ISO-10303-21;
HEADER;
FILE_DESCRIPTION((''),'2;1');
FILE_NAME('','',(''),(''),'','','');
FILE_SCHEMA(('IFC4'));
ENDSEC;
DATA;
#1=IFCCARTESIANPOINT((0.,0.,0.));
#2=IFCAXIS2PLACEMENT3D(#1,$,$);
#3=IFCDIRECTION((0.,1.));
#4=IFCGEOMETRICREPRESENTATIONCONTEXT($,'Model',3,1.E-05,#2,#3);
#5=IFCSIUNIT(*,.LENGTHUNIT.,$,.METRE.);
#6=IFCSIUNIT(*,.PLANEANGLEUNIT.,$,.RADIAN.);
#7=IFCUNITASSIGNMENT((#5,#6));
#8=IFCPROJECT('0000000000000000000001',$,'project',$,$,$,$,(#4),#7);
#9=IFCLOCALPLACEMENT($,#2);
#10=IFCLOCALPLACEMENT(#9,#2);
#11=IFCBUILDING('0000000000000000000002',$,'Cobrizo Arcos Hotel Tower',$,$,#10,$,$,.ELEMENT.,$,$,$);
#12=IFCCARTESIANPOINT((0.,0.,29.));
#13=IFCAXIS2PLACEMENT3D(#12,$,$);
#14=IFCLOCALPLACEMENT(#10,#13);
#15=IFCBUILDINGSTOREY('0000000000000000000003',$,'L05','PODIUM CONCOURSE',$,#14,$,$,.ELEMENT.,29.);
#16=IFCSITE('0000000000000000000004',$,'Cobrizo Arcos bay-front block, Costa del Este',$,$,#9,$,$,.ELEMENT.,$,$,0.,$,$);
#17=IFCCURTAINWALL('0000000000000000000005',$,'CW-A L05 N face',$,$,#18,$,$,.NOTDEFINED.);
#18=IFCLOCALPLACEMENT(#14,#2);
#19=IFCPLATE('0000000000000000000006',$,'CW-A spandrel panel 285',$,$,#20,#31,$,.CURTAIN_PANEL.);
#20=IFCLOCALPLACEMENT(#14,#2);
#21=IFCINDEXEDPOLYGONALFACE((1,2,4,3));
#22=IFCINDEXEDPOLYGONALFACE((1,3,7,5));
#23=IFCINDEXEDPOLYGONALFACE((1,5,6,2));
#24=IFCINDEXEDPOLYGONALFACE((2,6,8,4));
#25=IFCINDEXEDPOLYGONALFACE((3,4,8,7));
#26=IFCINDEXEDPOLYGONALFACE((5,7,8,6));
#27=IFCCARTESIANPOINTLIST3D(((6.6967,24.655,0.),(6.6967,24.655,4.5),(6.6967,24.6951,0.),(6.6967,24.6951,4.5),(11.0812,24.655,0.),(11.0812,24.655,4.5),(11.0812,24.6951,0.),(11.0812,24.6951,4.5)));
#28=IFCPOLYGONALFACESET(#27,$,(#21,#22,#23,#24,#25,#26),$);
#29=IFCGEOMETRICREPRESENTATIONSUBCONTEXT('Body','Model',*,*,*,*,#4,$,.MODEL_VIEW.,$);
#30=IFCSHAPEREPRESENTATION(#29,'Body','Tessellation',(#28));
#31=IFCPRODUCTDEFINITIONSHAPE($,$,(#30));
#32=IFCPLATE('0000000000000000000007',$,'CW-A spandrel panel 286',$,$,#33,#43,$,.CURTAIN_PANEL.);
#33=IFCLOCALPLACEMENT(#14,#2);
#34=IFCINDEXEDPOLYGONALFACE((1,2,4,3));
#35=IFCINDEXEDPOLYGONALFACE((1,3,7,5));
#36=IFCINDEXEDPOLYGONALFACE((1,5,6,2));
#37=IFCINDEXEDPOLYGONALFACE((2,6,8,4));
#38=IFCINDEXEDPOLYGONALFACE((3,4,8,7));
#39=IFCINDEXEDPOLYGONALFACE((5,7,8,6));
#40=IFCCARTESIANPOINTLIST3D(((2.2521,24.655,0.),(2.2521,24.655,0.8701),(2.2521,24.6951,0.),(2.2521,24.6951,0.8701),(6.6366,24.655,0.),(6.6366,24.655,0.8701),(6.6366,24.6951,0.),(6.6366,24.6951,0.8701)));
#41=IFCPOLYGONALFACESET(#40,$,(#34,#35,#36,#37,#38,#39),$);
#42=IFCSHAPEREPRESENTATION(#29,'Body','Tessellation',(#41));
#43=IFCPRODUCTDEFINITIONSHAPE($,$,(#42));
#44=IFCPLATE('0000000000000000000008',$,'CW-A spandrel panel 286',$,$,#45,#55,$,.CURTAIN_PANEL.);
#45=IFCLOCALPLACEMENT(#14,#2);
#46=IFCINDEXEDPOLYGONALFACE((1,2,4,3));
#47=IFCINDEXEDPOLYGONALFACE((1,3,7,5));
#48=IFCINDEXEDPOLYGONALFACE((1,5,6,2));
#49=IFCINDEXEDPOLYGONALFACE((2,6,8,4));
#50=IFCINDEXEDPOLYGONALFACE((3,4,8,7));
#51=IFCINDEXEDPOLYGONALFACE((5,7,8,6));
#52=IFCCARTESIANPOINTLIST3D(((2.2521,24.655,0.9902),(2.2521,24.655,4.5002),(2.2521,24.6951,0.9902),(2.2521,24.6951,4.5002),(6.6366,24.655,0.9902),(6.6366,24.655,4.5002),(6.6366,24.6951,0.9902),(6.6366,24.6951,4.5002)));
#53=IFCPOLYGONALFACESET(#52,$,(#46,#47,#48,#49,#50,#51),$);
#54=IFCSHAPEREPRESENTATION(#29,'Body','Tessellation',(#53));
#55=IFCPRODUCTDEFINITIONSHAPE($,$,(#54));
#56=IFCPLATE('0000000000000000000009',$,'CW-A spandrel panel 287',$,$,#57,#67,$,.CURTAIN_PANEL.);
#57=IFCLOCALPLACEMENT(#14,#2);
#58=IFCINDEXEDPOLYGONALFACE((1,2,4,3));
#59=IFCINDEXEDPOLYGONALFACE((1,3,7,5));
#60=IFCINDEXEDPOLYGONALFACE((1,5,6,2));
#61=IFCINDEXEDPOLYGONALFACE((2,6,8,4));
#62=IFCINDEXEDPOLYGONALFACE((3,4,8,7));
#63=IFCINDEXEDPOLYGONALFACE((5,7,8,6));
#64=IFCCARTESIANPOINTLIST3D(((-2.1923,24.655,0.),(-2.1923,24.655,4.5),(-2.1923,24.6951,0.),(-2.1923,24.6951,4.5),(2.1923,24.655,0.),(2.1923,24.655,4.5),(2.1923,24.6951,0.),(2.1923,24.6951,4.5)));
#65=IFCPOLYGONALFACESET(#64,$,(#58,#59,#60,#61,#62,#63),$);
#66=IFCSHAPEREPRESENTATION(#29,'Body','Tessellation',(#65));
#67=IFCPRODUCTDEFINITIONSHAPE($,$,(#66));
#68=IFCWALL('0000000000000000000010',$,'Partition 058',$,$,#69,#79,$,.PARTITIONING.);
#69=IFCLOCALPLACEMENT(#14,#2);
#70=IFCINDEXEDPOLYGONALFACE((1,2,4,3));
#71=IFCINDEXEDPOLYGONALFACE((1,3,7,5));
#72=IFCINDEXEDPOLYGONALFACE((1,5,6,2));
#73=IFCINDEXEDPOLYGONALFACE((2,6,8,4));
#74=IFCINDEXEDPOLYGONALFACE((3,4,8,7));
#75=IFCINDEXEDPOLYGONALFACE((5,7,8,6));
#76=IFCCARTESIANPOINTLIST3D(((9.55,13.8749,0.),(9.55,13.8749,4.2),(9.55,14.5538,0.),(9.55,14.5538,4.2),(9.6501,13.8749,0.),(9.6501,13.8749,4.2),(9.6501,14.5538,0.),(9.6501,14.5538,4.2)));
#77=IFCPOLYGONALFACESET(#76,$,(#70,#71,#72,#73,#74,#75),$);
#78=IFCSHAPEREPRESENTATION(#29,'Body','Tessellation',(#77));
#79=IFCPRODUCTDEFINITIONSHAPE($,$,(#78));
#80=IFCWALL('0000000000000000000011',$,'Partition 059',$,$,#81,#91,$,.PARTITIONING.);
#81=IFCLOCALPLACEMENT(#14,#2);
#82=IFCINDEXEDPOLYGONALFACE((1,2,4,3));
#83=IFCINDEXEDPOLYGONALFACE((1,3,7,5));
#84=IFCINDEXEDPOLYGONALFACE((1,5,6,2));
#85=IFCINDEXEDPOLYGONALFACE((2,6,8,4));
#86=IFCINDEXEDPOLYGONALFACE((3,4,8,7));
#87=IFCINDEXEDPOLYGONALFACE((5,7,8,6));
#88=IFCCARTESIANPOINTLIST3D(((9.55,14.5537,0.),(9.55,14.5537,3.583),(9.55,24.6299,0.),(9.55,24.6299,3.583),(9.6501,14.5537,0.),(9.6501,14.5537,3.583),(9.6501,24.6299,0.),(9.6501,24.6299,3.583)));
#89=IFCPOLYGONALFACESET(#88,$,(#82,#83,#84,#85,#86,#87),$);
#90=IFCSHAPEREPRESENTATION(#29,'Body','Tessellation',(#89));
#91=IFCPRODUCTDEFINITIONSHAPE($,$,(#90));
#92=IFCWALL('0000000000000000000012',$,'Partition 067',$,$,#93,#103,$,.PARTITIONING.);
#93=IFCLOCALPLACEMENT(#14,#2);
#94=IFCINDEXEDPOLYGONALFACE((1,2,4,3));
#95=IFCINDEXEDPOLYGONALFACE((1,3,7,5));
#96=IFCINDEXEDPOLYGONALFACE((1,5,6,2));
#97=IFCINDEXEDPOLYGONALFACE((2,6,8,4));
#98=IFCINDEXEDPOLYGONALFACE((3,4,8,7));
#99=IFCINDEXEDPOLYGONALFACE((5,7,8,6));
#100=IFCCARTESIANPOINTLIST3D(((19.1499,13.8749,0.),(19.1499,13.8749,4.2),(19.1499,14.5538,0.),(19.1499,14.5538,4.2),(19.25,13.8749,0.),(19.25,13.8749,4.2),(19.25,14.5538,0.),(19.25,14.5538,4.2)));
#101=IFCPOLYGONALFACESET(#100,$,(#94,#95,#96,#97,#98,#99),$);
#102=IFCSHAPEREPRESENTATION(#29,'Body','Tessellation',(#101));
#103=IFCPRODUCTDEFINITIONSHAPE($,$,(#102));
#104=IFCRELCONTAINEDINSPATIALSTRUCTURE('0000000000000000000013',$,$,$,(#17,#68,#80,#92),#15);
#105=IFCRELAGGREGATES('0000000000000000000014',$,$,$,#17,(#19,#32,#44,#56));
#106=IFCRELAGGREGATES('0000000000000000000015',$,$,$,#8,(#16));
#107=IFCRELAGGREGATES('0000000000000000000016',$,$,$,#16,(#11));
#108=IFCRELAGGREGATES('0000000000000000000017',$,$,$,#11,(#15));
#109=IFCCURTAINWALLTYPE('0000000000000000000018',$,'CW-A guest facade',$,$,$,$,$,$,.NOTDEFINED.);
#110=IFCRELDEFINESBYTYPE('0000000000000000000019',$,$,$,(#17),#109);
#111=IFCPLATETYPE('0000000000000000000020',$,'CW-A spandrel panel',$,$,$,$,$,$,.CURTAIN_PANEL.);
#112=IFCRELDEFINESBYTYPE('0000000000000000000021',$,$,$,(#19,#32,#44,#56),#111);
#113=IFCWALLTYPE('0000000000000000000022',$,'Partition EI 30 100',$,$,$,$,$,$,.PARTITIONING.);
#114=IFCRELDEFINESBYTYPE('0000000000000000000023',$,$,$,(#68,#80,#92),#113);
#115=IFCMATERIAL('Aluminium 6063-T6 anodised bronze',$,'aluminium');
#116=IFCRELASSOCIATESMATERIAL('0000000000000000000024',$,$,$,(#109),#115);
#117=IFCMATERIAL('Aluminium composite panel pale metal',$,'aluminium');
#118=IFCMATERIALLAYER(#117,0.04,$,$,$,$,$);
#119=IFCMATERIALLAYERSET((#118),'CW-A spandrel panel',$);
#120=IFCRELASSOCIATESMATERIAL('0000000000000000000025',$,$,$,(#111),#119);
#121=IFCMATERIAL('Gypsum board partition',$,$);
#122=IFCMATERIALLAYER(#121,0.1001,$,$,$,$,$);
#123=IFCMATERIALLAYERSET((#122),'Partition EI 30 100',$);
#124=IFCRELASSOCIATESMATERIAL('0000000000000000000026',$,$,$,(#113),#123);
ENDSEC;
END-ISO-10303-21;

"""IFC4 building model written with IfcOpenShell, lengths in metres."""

from ifc_helpers import new_model, si_unit, direction, frame, frame_2d, origin, origin_2d, place, context, subcontext, project, spatial, rectangle, extrude, material, layer, layer_set, type_object, element, aggregate, save


model = new_model("IFC4")

# Units and contexts
model_context = context("Model", 3, precision=1e-05, world=origin(), true_north=direction((0.0, 1.0)))
body_context = subcontext(model_context, "Body", "Model", "MODEL_VIEW")
ifc_project = project(units=[si_unit("LENGTHUNIT", "METRE"), si_unit("PLANEANGLEUNIT", "RADIAN")], contexts=[model_context])

# Site, building, storey
site_placement = place(None, origin())
site = spatial("IfcSite", under=ifc_project, at=site_placement, Name="Cobrizo Arcos bay-front block, Costa del Este", CompositionType="ELEMENT", RefElevation=0.0)
building_placement = place(site_placement, origin())
building = spatial("IfcBuilding", under=site, at=building_placement, Name="Cobrizo Arcos Hotel Tower", CompositionType="ELEMENT")
storey_placement = place(building_placement, frame((0.0, 0.0, 29.0)))
storey = spatial("IfcBuildingStorey", under=building, at=storey_placement, Name="L05", Description="PODIUM CONCOURSE", CompositionType="ELEMENT", Elevation=29.0)

# Curtain wall
ifc_material_1 = material(Name="Aluminium 6063-T6 anodised bronze", Category="aluminium")
curtain_wall_type = type_object("IfcCurtainWallType", Name="CW-A guest facade", PredefinedType="NOTDEFINED", material=ifc_material_1)
curtain_wall_placement = place(storey_placement, origin())
curtain_wall = element("IfcCurtainWall", 1, at=curtain_wall_placement, inside=storey, type_object=curtain_wall_type, Name="CW-A L05 N face", PredefinedType="NOTDEFINED")

# Plates
ifc_material_2 = material(Name="Aluminium composite panel pale metal", Category="aluminium")
ifc_layer_1 = layer(ifc_material_2, 0.04)
ifc_layer_set_1 = layer_set([ifc_layer_1], Name="CW-A spandrel panel")
plate_type = type_object("IfcPlateType", Name="CW-A spandrel panel", PredefinedType="CURTAIN_PANEL", material=ifc_layer_set_1)
plate_1_placement = place(storey_placement, frame((8.8889, 24.675, 0.0), z_axis=(0.0, 0.0, 1.0), x_axis=(-1.0, 0.0, 0.0)))
plate_1 = element("IfcPlate", 2, at=plate_1_placement, type_object=plate_type, Name="CW-A spandrel panel 285", PredefinedType="CURTAIN_PANEL", context=body_context, shape_type="SweptSolid", body=[
    extrude(rectangle(XDim=4.3845, YDim=0.04, at=origin_2d()), origin(), (0.0, 0.0, 1.0), 4.5),
])
plate_2_placement = place(storey_placement, frame((4.4443, 24.675, 0.0), z_axis=(0.0, 0.0, 1.0), x_axis=(-1.0, 0.0, 0.0)))
plate_2 = element("IfcPlate", 3, at=plate_2_placement, type_object=plate_type, Name="CW-A spandrel panel 286", PredefinedType="CURTAIN_PANEL", context=body_context, shape_type="SweptSolid", body=[
    extrude(rectangle(XDim=4.3845, YDim=0.04, at=origin_2d()), origin(), (0.0, 0.0, 1.0), 0.8701),
])
plate_3_placement = place(storey_placement, frame((4.4443, 24.675, 0.9902), z_axis=(0.0, 0.0, 1.0), x_axis=(-1.0, 0.0, 0.0)))
plate_3 = element("IfcPlate", 4, at=plate_3_placement, type_object=plate_type, Name="CW-A spandrel panel 286", PredefinedType="CURTAIN_PANEL", context=body_context, shape_type="SweptSolid", body=[
    extrude(rectangle(XDim=4.3845, YDim=0.04, at=origin_2d()), origin(), (0.0, 0.0, 1.0), 3.51),
])
plate_4_placement = place(storey_placement, frame((0.0, 24.675, 0.0), z_axis=(0.0, 0.0, 1.0), x_axis=(-1.0, 0.0, 0.0)))
plate_4 = element("IfcPlate", 5, at=plate_4_placement, type_object=plate_type, Name="CW-A spandrel panel 287", PredefinedType="CURTAIN_PANEL", context=body_context, shape_type="SweptSolid", body=[
    extrude(rectangle(XDim=4.3845, YDim=0.04, at=origin_2d()), origin(), (0.0, 0.0, 1.0), 4.5),
])
aggregate(curtain_wall, [plate_1, plate_2, plate_3, plate_4])

# Walls
ifc_material_3 = material(Name="Gypsum board partition")
ifc_layer_2 = layer(ifc_material_3, 0.1001)
ifc_layer_set_2 = layer_set([ifc_layer_2], Name="Partition EI 30 100")
wall_type = type_object("IfcWallType", Name="Partition EI 30 100", PredefinedType="PARTITIONING", material=ifc_layer_set_2)
wall_1_placement = place(storey_placement, frame((9.6001, 13.875, 0.0), z_axis=(0.0, 0.0, 1.0), x_axis=(0.0, 1.0, 0.0)))
element("IfcWall", 6, at=wall_1_placement, inside=storey, type_object=wall_type, Name="Partition 058", PredefinedType="PARTITIONING", context=body_context, shape_type="SweptSolid", body=[
    extrude(rectangle(XDim=0.679, YDim=0.1001, at=frame_2d((0.3394, 0.0))), origin(), (0.0, 0.0, 1.0), 4.2),
])
wall_2_placement = place(storey_placement, frame((9.6001, 14.5537, 0.0), z_axis=(0.0, 0.0, 1.0), x_axis=(0.0, 1.0, 0.0)))
element("IfcWall", 7, at=wall_2_placement, inside=storey, type_object=wall_type, Name="Partition 059", PredefinedType="PARTITIONING", context=body_context, shape_type="SweptSolid", body=[
    extrude(rectangle(XDim=10.0762, YDim=0.1001, at=frame_2d((5.0381, 0.0))), origin(), (0.0, 0.0, 1.0), 3.583),
])
wall_3_placement = place(storey_placement, frame((19.2, 13.875, 0.0), z_axis=(0.0, 0.0, 1.0), x_axis=(0.0, 1.0, 0.0)))
element("IfcWall", 8, at=wall_3_placement, inside=storey, type_object=wall_type, Name="Partition 067", PredefinedType="PARTITIONING", context=body_context, shape_type="SweptSolid", body=[
    extrude(rectangle(XDim=0.679, YDim=0.1001, at=frame_2d((0.3394, 0.0))), origin(), (0.0, 0.0, 1.0), 4.2),
])

save(model, "model.ifc")
